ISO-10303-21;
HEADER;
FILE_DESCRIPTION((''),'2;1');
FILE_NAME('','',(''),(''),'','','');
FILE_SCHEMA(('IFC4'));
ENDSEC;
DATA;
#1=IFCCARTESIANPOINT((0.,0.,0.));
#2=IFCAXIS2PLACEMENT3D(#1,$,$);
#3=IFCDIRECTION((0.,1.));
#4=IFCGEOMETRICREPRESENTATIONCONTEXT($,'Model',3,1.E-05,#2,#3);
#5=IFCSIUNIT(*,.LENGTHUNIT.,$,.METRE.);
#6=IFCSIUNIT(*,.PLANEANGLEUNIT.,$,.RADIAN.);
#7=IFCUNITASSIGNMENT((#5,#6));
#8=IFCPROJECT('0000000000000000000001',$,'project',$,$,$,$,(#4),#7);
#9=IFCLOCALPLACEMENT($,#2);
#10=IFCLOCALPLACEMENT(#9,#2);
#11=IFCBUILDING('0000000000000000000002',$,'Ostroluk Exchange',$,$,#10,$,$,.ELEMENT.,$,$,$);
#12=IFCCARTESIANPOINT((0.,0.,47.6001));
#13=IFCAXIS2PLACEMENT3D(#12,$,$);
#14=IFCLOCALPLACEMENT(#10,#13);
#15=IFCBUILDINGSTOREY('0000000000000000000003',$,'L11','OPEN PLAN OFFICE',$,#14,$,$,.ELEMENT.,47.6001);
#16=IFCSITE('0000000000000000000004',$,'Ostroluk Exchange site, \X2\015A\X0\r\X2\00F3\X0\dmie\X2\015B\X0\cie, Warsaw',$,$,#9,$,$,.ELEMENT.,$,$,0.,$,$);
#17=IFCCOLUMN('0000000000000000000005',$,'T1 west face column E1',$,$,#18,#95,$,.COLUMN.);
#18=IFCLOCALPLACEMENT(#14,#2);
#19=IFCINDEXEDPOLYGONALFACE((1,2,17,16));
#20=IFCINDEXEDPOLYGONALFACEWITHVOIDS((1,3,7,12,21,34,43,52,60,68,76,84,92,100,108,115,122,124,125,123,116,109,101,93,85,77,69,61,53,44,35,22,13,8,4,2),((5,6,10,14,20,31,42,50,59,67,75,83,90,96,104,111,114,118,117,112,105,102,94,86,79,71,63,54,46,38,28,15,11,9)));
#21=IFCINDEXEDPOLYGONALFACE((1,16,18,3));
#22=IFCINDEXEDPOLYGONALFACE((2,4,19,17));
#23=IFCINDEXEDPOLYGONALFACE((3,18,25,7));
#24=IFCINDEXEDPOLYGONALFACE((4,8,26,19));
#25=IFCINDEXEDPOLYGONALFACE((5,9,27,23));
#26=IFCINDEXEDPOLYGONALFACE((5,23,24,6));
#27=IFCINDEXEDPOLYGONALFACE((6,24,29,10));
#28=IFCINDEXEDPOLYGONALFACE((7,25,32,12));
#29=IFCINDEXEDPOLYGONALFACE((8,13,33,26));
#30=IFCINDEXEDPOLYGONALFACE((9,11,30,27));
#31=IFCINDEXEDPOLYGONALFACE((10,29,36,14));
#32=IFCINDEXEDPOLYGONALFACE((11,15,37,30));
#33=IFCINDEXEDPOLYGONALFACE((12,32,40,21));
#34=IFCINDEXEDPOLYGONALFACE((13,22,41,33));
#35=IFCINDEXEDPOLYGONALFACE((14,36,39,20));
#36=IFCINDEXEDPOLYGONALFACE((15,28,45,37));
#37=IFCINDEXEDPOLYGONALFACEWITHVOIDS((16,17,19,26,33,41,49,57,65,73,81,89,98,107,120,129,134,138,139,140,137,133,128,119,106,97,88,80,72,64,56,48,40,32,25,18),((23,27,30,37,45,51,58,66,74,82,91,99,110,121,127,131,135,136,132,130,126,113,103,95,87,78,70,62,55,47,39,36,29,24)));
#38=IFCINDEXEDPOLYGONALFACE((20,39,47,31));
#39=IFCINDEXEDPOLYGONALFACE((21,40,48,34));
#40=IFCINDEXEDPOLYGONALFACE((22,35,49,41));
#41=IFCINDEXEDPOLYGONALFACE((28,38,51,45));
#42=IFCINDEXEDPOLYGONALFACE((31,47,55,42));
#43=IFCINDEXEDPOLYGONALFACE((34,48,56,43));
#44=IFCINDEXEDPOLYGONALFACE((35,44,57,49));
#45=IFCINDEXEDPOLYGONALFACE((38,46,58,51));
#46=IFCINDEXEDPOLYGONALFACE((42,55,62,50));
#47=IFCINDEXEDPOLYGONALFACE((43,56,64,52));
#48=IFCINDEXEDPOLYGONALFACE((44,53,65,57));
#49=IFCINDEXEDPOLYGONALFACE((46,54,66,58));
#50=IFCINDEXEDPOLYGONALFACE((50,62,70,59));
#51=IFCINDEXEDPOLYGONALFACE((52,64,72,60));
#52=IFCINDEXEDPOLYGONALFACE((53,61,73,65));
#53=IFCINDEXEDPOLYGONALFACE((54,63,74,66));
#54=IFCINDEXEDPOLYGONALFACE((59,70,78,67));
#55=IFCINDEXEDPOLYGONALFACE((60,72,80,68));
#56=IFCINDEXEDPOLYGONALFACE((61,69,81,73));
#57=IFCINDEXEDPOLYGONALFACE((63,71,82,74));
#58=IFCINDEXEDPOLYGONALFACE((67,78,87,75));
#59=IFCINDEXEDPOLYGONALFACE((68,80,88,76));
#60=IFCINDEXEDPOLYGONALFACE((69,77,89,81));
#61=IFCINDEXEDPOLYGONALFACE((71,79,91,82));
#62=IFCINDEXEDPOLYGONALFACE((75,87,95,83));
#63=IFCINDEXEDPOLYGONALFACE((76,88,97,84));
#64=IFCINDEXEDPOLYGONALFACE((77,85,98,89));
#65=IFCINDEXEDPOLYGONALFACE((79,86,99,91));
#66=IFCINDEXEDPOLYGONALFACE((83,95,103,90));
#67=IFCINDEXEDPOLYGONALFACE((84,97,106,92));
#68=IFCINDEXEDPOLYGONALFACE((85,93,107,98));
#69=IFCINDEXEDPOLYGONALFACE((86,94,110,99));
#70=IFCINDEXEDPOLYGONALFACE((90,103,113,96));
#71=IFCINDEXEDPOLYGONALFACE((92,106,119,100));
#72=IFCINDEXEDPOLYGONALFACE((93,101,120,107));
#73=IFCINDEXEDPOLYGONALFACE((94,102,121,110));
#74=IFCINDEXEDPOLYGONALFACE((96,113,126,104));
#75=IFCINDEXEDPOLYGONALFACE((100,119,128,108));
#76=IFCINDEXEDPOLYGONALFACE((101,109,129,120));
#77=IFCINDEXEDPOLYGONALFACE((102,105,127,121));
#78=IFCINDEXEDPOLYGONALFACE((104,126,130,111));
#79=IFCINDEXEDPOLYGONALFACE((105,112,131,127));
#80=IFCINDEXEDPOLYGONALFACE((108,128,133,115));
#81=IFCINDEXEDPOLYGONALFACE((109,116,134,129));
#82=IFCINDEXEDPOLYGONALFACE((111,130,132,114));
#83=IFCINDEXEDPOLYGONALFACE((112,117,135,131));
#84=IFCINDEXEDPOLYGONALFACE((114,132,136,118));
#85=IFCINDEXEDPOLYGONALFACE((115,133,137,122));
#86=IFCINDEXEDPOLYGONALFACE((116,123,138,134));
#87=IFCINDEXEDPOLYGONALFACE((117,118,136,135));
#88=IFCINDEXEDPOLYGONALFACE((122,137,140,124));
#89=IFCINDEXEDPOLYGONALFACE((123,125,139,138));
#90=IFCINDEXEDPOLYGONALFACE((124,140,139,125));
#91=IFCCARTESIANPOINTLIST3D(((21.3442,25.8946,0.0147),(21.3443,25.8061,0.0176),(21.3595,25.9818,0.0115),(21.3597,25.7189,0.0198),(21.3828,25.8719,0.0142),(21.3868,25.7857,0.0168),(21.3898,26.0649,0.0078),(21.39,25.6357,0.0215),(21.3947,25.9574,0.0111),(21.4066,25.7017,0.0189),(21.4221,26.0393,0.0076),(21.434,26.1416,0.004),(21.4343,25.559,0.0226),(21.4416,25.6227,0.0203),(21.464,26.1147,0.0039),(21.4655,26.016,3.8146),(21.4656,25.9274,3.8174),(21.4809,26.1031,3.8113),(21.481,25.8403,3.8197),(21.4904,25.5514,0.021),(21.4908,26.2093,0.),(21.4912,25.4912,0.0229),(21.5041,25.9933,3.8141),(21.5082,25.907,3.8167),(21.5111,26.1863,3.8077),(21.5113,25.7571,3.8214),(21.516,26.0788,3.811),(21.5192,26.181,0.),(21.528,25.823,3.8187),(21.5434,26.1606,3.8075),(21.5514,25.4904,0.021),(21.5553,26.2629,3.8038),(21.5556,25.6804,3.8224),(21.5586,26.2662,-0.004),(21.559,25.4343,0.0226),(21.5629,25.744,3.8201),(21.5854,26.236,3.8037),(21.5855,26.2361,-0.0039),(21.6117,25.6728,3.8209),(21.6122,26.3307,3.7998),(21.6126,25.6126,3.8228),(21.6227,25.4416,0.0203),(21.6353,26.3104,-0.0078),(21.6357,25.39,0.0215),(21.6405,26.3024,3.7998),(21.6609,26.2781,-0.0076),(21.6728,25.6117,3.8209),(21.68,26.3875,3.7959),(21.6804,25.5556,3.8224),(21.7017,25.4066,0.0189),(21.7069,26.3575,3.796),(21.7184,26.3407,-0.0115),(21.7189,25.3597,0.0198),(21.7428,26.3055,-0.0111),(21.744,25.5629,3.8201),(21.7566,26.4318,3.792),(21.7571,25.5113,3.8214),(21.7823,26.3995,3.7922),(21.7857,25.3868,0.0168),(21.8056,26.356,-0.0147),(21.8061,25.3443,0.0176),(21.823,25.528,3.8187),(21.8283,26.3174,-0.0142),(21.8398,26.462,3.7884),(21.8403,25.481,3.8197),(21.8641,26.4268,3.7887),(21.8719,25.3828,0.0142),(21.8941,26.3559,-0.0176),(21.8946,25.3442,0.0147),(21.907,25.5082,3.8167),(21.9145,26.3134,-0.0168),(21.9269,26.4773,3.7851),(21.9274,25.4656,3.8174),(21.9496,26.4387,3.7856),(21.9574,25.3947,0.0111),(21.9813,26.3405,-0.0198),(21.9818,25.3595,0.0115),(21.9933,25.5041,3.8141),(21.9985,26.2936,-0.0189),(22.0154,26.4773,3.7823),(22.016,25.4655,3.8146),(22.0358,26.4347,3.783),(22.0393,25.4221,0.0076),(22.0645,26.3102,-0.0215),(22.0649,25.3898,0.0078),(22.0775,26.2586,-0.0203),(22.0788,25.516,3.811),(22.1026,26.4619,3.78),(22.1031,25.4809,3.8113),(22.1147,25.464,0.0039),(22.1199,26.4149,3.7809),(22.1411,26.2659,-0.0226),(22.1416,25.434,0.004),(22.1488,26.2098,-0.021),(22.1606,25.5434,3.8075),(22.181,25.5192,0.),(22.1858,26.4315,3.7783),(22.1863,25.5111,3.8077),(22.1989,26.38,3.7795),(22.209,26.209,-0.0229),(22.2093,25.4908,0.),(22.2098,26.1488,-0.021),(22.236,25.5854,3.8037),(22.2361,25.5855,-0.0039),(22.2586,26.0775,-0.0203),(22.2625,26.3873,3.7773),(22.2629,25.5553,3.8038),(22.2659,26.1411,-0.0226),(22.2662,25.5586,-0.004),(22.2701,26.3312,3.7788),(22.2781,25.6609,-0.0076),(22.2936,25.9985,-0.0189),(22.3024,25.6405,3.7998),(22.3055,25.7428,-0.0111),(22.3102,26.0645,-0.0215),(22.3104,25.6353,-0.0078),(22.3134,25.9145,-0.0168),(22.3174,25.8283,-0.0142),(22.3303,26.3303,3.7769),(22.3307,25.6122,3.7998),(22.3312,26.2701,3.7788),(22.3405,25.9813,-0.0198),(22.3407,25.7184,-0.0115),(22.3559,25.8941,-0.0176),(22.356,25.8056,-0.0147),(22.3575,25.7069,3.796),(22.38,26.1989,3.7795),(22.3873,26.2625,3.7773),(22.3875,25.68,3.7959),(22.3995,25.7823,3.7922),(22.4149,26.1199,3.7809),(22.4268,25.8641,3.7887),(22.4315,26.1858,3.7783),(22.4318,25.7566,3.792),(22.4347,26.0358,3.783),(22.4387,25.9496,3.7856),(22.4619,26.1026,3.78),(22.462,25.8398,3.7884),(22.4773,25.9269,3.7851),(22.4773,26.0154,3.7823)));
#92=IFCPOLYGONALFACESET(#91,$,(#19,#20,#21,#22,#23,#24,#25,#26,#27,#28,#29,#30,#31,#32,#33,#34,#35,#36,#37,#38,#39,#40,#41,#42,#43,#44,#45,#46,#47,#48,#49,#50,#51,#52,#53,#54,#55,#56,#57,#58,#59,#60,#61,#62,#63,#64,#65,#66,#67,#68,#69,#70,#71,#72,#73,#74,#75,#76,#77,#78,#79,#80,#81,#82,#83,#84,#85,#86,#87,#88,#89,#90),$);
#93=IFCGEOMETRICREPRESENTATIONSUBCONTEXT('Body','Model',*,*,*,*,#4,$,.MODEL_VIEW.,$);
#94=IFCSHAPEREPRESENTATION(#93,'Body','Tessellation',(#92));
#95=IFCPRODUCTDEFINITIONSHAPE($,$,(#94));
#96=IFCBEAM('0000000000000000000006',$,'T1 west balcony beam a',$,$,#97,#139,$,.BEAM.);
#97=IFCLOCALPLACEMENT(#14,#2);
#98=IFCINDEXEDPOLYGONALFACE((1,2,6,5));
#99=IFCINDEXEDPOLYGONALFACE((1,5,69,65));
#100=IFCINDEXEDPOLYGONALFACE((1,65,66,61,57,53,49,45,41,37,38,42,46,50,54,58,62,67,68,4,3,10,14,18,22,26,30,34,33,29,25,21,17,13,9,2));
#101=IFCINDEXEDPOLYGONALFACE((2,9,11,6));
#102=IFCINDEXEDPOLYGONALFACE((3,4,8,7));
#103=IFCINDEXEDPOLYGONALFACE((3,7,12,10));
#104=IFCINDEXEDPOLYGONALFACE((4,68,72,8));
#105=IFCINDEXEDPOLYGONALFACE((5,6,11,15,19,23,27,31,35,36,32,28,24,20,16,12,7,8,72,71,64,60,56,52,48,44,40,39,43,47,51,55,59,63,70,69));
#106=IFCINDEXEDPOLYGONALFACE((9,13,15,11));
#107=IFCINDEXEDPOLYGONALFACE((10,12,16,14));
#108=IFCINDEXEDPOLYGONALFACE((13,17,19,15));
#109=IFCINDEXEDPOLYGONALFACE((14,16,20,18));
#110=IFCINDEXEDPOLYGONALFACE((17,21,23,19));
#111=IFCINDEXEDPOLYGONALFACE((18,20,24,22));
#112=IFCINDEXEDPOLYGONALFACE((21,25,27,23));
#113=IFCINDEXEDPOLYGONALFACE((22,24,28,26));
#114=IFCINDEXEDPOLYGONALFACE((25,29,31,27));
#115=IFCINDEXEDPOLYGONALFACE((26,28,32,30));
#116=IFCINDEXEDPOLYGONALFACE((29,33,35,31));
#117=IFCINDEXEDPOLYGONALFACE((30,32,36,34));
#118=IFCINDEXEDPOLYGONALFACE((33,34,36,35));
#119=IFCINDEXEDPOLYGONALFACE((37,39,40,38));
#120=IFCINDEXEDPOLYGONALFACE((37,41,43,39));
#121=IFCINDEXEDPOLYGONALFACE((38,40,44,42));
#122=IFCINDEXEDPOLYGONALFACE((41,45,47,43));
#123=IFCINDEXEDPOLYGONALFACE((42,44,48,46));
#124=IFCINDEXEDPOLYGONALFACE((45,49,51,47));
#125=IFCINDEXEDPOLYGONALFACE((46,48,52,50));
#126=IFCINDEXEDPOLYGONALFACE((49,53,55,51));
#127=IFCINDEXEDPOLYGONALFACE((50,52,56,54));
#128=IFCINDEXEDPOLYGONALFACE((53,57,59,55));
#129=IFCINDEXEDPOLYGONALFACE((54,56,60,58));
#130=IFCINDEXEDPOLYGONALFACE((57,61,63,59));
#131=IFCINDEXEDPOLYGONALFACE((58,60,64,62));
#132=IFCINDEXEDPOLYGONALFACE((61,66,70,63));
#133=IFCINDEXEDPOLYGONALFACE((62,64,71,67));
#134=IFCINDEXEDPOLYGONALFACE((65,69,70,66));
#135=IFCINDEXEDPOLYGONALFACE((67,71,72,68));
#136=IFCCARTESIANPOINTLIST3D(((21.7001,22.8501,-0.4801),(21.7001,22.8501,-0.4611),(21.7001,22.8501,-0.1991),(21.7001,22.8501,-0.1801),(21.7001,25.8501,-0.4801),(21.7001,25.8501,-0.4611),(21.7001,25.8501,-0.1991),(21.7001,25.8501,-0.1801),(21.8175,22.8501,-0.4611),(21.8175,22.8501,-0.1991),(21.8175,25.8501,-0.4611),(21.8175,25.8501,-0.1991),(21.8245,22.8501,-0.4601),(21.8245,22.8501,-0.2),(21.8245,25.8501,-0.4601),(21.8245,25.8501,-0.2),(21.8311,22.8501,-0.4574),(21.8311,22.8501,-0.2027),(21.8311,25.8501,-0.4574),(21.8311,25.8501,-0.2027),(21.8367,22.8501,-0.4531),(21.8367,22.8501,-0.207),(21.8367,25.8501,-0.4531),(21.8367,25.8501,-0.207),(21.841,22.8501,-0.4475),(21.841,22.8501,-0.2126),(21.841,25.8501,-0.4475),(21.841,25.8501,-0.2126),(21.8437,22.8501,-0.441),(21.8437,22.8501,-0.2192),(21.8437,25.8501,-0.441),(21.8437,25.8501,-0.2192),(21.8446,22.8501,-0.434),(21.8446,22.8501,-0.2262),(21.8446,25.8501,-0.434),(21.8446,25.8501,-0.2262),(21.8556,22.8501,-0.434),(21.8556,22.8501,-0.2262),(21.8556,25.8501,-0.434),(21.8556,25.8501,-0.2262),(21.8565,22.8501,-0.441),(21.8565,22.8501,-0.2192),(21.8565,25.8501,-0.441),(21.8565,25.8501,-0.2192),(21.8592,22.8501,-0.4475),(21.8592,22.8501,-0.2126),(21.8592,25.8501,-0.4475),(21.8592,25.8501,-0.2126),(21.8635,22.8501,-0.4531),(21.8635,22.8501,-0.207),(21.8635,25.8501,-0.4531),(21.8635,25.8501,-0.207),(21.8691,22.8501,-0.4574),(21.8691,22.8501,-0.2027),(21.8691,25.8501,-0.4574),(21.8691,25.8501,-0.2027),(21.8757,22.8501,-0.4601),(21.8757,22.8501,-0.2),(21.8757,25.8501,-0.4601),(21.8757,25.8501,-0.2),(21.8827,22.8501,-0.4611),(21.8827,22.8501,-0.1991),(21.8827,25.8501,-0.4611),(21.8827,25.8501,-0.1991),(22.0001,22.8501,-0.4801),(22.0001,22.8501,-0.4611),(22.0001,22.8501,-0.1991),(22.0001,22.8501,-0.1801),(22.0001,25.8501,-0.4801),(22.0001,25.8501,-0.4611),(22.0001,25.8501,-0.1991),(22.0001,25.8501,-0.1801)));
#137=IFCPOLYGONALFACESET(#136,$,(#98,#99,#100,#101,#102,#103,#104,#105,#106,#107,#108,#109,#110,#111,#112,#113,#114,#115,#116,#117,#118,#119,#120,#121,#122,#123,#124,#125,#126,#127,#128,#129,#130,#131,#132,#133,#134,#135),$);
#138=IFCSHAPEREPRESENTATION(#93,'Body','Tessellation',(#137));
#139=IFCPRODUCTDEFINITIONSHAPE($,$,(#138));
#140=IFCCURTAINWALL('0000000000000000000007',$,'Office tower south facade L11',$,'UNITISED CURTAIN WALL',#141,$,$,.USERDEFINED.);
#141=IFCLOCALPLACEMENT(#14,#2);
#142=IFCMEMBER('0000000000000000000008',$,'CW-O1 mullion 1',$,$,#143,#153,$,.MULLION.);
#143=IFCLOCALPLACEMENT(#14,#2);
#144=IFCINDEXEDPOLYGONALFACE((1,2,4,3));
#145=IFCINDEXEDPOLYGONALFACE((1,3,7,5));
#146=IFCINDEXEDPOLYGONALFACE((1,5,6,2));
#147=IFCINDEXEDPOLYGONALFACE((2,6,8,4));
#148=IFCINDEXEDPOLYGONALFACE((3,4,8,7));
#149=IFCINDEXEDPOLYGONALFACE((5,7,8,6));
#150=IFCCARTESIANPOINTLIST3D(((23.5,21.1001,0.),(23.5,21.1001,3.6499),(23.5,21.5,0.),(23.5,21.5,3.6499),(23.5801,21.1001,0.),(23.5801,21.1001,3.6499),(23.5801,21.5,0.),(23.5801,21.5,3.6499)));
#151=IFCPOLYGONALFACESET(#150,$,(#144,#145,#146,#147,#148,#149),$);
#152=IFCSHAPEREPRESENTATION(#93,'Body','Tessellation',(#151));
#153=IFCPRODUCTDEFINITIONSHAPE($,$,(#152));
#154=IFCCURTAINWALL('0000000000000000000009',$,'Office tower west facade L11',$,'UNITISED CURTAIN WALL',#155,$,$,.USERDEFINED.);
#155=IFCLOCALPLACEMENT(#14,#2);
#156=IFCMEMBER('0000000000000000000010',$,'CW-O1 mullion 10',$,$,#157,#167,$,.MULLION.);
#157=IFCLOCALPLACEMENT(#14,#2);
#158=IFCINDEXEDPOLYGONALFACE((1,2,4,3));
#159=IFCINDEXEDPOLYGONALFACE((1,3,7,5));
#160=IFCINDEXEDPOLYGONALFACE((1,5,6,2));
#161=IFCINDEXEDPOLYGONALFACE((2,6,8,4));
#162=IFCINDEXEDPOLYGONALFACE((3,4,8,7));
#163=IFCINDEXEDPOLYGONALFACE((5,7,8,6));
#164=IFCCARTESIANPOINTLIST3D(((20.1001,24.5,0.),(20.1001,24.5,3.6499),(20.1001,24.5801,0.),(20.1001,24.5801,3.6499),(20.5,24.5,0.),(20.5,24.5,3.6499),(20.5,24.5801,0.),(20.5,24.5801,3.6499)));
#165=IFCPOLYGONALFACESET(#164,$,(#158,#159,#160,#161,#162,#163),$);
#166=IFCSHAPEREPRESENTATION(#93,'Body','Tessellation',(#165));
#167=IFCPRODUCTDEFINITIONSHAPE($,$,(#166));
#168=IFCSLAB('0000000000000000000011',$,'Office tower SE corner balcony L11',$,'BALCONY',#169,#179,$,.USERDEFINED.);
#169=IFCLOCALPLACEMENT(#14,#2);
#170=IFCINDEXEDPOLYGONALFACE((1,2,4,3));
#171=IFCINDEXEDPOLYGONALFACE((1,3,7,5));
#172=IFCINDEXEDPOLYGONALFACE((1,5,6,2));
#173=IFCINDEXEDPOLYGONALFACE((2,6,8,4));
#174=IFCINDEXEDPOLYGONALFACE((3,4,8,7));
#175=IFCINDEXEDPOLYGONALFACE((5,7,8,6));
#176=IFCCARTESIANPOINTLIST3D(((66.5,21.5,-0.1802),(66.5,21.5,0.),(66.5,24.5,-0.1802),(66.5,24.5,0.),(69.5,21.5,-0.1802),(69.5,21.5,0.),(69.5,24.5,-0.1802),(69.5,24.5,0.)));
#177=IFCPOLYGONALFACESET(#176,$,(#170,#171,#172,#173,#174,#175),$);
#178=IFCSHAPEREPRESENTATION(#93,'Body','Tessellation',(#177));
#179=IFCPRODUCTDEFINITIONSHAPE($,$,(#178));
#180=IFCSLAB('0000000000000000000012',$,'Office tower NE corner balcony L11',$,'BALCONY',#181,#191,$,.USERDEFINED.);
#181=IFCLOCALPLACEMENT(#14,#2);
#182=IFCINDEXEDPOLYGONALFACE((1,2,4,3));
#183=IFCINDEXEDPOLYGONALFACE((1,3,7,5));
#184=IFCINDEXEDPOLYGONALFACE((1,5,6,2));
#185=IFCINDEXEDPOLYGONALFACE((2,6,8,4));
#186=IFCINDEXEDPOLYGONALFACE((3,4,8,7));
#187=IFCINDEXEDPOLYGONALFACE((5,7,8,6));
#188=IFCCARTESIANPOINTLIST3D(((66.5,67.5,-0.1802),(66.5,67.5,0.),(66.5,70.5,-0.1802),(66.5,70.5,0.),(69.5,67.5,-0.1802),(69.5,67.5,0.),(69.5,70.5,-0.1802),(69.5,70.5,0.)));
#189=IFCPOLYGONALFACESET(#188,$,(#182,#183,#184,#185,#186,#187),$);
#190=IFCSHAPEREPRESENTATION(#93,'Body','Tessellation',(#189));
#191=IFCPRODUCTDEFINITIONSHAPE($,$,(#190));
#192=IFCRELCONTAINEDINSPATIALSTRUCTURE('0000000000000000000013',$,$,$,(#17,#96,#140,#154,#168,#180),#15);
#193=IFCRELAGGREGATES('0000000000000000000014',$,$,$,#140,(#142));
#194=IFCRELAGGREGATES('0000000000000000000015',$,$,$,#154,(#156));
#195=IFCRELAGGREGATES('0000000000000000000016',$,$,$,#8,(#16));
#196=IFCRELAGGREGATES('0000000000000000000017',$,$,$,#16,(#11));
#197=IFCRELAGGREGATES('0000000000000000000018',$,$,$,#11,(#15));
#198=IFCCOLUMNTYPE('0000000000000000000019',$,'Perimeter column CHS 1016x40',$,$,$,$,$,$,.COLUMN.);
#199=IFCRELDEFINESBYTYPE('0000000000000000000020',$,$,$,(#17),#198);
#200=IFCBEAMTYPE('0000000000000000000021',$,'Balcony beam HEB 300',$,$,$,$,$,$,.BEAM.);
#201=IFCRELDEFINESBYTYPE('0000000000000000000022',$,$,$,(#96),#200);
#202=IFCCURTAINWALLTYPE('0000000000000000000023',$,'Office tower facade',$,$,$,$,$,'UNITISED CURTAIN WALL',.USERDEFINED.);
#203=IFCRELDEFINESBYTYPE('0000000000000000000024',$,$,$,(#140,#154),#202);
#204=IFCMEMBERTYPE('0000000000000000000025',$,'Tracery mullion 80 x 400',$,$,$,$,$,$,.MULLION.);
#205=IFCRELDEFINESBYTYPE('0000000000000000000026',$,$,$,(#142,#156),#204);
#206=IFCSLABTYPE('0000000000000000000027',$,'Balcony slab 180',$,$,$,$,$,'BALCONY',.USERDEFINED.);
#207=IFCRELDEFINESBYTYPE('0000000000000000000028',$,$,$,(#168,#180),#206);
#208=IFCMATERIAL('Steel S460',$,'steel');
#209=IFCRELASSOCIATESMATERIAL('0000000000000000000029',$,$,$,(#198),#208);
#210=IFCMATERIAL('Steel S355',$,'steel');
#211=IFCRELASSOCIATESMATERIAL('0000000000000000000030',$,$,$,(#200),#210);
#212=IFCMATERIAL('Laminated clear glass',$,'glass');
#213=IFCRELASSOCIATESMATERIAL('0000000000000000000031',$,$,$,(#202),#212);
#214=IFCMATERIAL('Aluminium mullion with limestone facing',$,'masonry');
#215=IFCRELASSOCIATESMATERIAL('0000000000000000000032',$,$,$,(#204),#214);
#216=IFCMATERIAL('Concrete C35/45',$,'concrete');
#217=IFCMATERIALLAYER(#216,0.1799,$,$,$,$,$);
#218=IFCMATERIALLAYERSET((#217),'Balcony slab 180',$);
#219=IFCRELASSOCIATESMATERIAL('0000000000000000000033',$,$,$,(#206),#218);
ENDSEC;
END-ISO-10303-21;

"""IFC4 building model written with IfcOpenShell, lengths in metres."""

from ifc_helpers import new_model, si_unit, direction, frame, origin, origin_2d, place, context, subcontext, project, spatial, polyline, rectangle, hollow_circle, i_section, outline, extrude, material, layer, layer_set, material_profile, profile_set, type_object, element, aggregate, save


model = new_model("IFC4")

# Units and contexts
model_context = context("Model", 3, precision=1e-05, world=origin(), true_north=direction((0.0, 1.0)))
body_context = subcontext(model_context, "Body", "Model", "MODEL_VIEW")
ifc_project = project(units=[si_unit("LENGTHUNIT", "METRE"), si_unit("PLANEANGLEUNIT", "RADIAN")], contexts=[model_context])

# Site, building, storey
site_placement = place(None, origin())
site = spatial("IfcSite", under=ifc_project, at=site_placement, Name="Ostroluk Exchange site, Śródmieście, Warsaw", CompositionType="ELEMENT", RefElevation=0.0)
building_placement = place(site_placement, origin())
building = spatial("IfcBuilding", under=site, at=building_placement, Name="Ostroluk Exchange", CompositionType="ELEMENT")
storey_placement = place(building_placement, frame((0.0, 0.0, 47.6001)))
storey = spatial("IfcBuildingStorey", under=building, at=storey_placement, Name="L11", Description="OPEN PLAN OFFICE", CompositionType="ELEMENT", Elevation=47.6001)

# Column
ifc_material_1 = material(Name="Steel S460", Category="steel")
ifc_material_profile_1 = material_profile(ifc_material_1, hollow_circle(Radius=0.5081, WallThickness=0.04, at=origin_2d()), Name="CHS 1016x40")
ifc_profile_set_1 = profile_set([ifc_material_profile_1], Name="Steel S460")
column_type = type_object("IfcColumnType", Name="Perimeter column CHS 1016x40", PredefinedType="COLUMN", material=ifc_profile_set_1)
column_placement = place(storey_placement, frame((21.8501, 25.8501, 0.0), z_axis=(0.0319, 0.0319, 0.998982), x_axis=(-0.707107, 0.707107, 0.0)))
element("IfcColumn", 1, at=column_placement, inside=storey, type_object=column_type, Name="T1 west face column E1", PredefinedType="COLUMN", context=body_context, shape_type="SweptSolid", body=[
    extrude(hollow_circle(Radius=0.5081, WallThickness=0.04, at=origin_2d()), origin(), (0.0, 0.0, 1.0), 3.8037),
])

# Beam
ifc_material_2 = material(Name="Steel S355", Category="steel")
ifc_material_profile_2 = material_profile(ifc_material_2, i_section(OverallWidth=0.3, OverallDepth=0.3, WebThickness=0.011, FlangeThickness=0.019, FilletRadius=0.0271, at=origin_2d()), Name="HEB 300")
ifc_profile_set_2 = profile_set([ifc_material_profile_2], Name="Steel S355")
beam_type = type_object("IfcBeamType", Name="Balcony beam HEB 300", PredefinedType="BEAM", material=ifc_profile_set_2)
beam_placement = place(storey_placement, frame((21.8501, 25.8501, -0.3301), z_axis=(0.0, -1.0, 0.0), x_axis=(1.0, 0.0, 0.0)))
element("IfcBeam", 2, at=beam_placement, inside=storey, type_object=beam_type, Name="T1 west balcony beam a", PredefinedType="BEAM", context=body_context, shape_type="SweptSolid", body=[
    extrude(i_section(OverallWidth=0.3, OverallDepth=0.3, WebThickness=0.011, FlangeThickness=0.019, FilletRadius=0.0271, at=origin_2d()), origin(), (0.0, 0.0, 1.0), 3.0),
])

# Curtain walls, members
ifc_material_3 = material(Name="Laminated clear glass", Category="glass")
curtain_wall_type = type_object("IfcCurtainWallType", Name="Office tower facade", ElementType="UNITISED CURTAIN WALL", PredefinedType="USERDEFINED", material=ifc_material_3)
curtain_wall_1_placement = place(storey_placement, origin())
curtain_wall_1 = element("IfcCurtainWall", 3, at=curtain_wall_1_placement, inside=storey, type_object=curtain_wall_type, Name="Office tower south facade L11", ObjectType="UNITISED CURTAIN WALL", PredefinedType="USERDEFINED")
ifc_material_4 = material(Name="Aluminium mullion with limestone facing", Category="masonry")
ifc_material_profile_3 = material_profile(ifc_material_4, rectangle(XDim=0.3999, YDim=0.0801, at=origin_2d()), Name="Tracery mullion 80 x 400")
ifc_profile_set_3 = profile_set([ifc_material_profile_3], Name="Aluminium mullion with limestone facing")
member_type = type_object("IfcMemberType", Name="Tracery mullion 80 x 400", PredefinedType="MULLION", material=ifc_profile_set_3)
member_1_placement = place(storey_placement, frame((23.54, 21.3, 0.0), z_axis=(0.0, 0.0, 1.0), x_axis=(0.0, 1.0, 0.0)))
member_1 = element("IfcMember", 4, at=member_1_placement, type_object=member_type, Name="CW-O1 mullion 1", PredefinedType="MULLION", context=body_context, shape_type="SweptSolid", body=[
    extrude(rectangle(XDim=0.3999, YDim=0.0801, at=origin_2d()), origin(), (0.0, 0.0, 1.0), 3.6499),
])
aggregate(curtain_wall_1, [member_1])
curtain_wall_2_placement = place(storey_placement, origin())
curtain_wall_2 = element("IfcCurtainWall", 5, at=curtain_wall_2_placement, inside=storey, type_object=curtain_wall_type, Name="Office tower west facade L11", ObjectType="UNITISED CURTAIN WALL", PredefinedType="USERDEFINED")
member_2_placement = place(storey_placement, frame((20.3, 24.54, 0.0), z_axis=(0.0, 0.0, 1.0), x_axis=(1.0, 0.0, 0.0)))
member_2 = element("IfcMember", 6, at=member_2_placement, type_object=member_type, Name="CW-O1 mullion 10", PredefinedType="MULLION", context=body_context, shape_type="SweptSolid", body=[
    extrude(rectangle(XDim=0.3999, YDim=0.0801, at=origin_2d()), origin(), (0.0, 0.0, 1.0), 3.6499),
])
aggregate(curtain_wall_2, [member_2])

# Slabs
ifc_material_5 = material(Name="Concrete C35/45", Category="concrete")
ifc_layer_1 = layer(ifc_material_5, 0.1799)
ifc_layer_set_1 = layer_set([ifc_layer_1], Name="Balcony slab 180")
slab_type_1 = type_object("IfcSlabType", Name="Balcony slab 180", ElementType="BALCONY", PredefinedType="USERDEFINED", material=ifc_layer_set_1)
slab_1_placement = place(storey_placement, frame((0.0, 0.0, -0.1802)))
element("IfcSlab", 7, at=slab_1_placement, inside=storey, type_object=slab_type_1, Name="Office tower SE corner balcony L11", ObjectType="BALCONY", PredefinedType="USERDEFINED", context=body_context, shape_type="SweptSolid", body=[
    extrude(outline(polyline([(66.5, 21.5), (69.5, 21.5), (69.5, 24.5), (66.5, 24.5), (66.5, 21.5)])), origin(), (0.0, 0.0, 1.0), 0.1802),
])
slab_2_placement = place(storey_placement, frame((0.0, 0.0, -0.1802)))
element("IfcSlab", 8, at=slab_2_placement, inside=storey, type_object=slab_type_1, Name="Office tower NE corner balcony L11", ObjectType="BALCONY", PredefinedType="USERDEFINED", context=body_context, shape_type="SweptSolid", body=[
    extrude(outline(polyline([(66.5, 67.5), (69.5, 67.5), (69.5, 70.5), (66.5, 70.5), (66.5, 67.5)])), origin(), (0.0, 0.0, 1.0), 0.1802),
])

save(model, "model.ifc")
